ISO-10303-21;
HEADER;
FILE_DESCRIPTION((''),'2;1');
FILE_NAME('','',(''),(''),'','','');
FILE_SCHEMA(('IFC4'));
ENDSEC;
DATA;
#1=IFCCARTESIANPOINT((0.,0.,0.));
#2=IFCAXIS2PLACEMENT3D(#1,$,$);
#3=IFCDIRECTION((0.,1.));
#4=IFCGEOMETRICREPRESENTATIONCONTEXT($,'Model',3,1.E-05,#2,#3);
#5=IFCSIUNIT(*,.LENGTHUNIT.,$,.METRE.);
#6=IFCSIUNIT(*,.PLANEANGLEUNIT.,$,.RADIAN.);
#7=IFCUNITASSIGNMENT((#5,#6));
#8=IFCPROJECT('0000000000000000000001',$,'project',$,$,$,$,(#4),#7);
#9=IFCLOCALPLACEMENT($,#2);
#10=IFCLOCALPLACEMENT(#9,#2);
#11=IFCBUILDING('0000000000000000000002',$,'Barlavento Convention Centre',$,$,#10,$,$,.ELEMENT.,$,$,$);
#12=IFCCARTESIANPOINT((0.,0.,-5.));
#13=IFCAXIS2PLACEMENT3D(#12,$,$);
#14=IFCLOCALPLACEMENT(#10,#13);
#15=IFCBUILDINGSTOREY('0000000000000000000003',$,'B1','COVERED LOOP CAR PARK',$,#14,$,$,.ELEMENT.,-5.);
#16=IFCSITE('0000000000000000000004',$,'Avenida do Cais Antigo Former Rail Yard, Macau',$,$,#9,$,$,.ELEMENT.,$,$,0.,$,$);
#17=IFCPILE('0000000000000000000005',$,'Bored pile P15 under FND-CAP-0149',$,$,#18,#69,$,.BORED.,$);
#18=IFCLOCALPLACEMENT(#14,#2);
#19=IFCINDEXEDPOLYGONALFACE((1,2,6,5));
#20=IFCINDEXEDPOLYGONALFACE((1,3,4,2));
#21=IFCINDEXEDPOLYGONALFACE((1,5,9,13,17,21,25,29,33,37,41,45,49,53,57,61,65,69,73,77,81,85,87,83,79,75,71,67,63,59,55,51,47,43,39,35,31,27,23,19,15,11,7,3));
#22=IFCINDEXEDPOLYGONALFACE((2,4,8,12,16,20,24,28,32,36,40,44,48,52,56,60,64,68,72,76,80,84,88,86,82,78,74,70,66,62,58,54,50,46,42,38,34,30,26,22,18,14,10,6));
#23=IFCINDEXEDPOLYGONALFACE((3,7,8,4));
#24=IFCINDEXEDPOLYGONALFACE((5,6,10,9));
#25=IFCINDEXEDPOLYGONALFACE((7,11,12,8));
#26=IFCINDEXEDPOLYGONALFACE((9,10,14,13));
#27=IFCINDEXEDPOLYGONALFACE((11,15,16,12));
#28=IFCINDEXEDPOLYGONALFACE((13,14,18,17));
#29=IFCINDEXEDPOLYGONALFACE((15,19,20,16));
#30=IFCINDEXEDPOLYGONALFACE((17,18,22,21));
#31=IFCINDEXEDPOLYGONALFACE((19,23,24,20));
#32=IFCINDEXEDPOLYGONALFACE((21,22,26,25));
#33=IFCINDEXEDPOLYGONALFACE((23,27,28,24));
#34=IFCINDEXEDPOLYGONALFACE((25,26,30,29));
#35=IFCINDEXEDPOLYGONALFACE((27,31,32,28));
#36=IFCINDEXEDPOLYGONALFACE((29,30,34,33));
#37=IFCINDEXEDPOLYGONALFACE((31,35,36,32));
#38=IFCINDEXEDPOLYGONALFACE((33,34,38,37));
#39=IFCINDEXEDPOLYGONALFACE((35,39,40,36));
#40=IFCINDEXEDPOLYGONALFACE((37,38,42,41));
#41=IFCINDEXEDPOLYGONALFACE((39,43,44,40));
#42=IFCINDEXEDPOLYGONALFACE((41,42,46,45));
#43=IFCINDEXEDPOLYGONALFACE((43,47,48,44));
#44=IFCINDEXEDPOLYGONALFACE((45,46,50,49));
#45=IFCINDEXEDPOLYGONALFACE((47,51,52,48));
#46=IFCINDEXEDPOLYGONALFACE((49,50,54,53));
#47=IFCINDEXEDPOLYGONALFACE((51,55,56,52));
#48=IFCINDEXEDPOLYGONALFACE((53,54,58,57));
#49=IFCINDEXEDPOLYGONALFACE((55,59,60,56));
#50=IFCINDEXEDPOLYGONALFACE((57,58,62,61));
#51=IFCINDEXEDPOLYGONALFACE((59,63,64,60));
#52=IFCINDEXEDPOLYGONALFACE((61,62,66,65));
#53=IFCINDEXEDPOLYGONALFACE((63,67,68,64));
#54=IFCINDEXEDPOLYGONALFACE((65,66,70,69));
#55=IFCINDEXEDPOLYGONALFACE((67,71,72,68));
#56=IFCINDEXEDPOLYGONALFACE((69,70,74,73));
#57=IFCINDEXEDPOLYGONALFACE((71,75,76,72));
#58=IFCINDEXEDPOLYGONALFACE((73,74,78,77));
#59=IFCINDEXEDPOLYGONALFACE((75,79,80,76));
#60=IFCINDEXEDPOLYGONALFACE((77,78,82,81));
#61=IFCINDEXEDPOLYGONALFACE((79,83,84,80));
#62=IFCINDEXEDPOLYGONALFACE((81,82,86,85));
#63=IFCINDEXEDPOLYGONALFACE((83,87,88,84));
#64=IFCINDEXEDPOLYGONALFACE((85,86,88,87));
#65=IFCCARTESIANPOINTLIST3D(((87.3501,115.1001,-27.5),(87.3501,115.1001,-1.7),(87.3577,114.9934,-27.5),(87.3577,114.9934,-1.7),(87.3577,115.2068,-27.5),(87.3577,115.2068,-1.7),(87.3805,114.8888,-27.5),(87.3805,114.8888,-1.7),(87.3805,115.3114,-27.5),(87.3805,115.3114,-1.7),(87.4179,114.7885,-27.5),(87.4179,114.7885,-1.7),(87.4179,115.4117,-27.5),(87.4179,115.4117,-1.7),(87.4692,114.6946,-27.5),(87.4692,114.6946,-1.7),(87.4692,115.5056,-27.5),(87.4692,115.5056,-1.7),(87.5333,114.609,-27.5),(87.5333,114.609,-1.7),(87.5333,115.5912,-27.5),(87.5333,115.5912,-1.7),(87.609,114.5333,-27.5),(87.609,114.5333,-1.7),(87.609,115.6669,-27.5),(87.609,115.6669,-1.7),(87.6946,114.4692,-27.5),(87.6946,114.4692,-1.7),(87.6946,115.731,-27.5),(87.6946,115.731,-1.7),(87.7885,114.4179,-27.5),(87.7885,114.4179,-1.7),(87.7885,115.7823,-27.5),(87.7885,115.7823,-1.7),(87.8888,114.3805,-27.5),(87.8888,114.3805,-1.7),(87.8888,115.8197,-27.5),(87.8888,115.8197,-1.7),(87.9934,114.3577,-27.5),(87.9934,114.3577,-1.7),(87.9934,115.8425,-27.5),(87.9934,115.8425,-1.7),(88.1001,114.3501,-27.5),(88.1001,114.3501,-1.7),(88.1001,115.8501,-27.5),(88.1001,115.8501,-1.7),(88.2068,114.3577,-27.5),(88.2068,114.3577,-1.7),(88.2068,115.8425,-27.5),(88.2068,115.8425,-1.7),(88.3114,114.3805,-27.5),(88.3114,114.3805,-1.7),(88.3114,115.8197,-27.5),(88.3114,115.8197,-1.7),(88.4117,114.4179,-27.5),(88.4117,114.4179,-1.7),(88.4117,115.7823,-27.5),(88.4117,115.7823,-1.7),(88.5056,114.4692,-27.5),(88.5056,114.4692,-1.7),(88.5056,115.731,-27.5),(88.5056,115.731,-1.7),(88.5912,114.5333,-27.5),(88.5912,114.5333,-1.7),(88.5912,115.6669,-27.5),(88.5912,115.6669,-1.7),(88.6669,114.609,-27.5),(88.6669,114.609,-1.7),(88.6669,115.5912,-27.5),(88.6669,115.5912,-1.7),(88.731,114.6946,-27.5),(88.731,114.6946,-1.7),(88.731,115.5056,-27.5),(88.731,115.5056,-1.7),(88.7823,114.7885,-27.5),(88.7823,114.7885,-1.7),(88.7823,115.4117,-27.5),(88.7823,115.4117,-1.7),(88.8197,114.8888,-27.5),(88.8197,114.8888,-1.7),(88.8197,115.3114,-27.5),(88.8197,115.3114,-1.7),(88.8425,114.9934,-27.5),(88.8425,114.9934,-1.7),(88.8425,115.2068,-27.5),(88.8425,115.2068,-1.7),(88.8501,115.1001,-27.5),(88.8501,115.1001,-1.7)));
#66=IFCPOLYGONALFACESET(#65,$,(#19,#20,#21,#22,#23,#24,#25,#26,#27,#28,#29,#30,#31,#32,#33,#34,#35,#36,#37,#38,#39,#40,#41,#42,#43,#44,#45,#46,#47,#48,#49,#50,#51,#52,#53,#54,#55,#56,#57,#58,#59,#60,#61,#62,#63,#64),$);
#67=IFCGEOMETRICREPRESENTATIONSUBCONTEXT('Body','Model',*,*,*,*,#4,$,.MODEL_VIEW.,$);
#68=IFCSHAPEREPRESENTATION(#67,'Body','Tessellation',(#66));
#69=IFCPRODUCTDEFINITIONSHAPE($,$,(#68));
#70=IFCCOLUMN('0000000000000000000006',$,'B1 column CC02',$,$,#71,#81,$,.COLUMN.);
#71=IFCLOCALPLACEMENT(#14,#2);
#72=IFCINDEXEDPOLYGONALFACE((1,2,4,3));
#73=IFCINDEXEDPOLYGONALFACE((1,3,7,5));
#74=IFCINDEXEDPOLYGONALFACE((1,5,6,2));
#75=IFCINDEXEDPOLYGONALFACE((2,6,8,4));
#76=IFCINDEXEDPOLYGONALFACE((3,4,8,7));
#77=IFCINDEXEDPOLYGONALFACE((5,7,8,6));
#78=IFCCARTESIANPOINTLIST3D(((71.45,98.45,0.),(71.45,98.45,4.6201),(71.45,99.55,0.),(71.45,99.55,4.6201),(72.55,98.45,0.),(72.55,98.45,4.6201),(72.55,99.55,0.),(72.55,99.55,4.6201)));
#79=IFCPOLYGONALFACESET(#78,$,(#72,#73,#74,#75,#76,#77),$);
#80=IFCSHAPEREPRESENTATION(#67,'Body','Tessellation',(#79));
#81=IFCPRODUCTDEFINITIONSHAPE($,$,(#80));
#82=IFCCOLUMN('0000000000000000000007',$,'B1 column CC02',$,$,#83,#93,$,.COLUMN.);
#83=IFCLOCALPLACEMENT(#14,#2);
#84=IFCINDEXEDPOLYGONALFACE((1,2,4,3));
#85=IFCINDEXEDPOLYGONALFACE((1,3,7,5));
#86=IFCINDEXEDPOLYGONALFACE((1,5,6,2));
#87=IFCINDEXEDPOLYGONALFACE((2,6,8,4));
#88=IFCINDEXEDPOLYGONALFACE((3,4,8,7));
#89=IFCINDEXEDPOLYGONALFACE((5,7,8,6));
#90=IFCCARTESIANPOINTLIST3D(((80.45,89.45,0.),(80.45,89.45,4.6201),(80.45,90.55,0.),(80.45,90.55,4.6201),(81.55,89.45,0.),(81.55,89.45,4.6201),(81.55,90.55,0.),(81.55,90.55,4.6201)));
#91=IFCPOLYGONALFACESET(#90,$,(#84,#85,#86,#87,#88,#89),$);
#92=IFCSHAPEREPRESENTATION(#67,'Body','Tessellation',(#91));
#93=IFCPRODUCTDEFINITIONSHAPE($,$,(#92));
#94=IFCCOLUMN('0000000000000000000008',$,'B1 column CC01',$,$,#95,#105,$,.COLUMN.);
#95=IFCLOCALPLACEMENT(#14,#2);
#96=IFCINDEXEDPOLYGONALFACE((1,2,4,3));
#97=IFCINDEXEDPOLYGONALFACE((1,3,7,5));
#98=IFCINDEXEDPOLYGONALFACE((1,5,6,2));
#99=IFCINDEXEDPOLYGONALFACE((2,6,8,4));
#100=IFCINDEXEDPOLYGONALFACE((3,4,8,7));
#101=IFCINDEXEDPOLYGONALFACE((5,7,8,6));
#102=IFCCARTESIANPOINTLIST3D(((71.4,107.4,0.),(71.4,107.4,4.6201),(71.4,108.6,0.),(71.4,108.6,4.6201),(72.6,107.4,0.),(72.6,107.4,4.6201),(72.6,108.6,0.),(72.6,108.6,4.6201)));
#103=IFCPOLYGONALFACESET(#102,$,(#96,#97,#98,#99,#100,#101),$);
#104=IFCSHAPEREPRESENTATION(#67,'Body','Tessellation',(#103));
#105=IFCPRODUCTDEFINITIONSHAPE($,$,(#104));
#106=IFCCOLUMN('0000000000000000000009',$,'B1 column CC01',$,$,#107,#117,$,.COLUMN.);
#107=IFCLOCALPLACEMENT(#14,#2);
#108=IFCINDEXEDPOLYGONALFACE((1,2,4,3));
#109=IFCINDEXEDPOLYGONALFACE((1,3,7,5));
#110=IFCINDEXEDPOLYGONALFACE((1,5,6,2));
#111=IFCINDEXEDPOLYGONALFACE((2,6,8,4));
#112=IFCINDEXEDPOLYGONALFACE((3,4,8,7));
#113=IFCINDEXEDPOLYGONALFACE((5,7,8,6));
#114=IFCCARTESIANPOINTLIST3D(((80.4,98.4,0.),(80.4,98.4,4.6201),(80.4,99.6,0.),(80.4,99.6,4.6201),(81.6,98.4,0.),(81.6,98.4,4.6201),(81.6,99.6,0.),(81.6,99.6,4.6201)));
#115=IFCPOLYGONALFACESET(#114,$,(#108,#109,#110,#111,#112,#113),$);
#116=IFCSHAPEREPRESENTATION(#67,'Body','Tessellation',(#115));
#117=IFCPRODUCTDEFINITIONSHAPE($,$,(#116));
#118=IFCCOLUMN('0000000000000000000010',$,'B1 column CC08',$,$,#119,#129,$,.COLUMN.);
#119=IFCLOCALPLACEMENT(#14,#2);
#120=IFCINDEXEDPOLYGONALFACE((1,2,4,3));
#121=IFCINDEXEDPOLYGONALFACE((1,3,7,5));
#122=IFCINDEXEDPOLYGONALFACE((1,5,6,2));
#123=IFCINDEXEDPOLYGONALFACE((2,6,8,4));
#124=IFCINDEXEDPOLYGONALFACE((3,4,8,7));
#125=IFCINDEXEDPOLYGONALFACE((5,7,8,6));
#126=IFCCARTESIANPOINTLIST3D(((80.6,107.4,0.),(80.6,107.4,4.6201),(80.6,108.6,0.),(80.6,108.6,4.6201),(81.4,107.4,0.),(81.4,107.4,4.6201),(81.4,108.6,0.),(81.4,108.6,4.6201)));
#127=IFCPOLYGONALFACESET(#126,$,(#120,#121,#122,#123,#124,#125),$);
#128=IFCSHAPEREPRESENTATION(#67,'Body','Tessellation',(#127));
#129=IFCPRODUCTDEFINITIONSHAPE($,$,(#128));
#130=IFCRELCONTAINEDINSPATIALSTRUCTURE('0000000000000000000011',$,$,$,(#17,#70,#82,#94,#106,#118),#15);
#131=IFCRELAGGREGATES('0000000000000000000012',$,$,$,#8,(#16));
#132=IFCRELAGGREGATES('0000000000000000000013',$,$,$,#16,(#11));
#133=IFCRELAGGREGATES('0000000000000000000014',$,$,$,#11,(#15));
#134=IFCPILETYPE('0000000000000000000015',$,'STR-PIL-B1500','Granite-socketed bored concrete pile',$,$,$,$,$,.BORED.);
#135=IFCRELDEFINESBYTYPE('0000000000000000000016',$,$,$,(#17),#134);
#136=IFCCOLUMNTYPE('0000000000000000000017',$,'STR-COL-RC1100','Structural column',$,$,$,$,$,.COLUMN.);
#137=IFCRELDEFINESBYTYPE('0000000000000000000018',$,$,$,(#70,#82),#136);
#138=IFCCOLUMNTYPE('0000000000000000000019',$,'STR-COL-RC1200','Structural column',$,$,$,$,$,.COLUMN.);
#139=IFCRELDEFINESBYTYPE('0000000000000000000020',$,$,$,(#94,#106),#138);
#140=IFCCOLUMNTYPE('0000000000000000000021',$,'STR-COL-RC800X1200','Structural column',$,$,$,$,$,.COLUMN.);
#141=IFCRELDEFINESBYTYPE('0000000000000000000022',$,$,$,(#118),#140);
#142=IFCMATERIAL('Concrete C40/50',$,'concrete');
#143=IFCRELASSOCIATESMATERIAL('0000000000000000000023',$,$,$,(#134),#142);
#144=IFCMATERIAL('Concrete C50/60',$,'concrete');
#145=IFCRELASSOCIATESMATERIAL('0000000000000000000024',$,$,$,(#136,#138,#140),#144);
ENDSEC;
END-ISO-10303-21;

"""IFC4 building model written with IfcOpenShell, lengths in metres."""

from ifc_helpers import new_model, si_unit, direction, frame, origin, origin_2d, place, context, subcontext, project, spatial, rectangle, circle, extrude, material, material_profile, profile_set, type_object, element, save


model = new_model("IFC4")

# Units and contexts
model_context = context("Model", 3, precision=1e-05, world=origin(), true_north=direction((0.0, 1.0)))
body_context = subcontext(model_context, "Body", "Model", "MODEL_VIEW")
ifc_project = project(units=[si_unit("LENGTHUNIT", "METRE"), si_unit("PLANEANGLEUNIT", "RADIAN")], contexts=[model_context])

# Site, building, storey
site_placement = place(None, origin())
site = spatial("IfcSite", under=ifc_project, at=site_placement, Name="Avenida do Cais Antigo Former Rail Yard, Macau", CompositionType="ELEMENT", RefElevation=0.0)
building_placement = place(site_placement, origin())
building = spatial("IfcBuilding", under=site, at=building_placement, Name="Barlavento Convention Centre", CompositionType="ELEMENT")
storey_placement = place(building_placement, frame((0.0, 0.0, -5.0)))
storey = spatial("IfcBuildingStorey", under=building, at=storey_placement, Name="B1", Description="COVERED LOOP CAR PARK", CompositionType="ELEMENT", Elevation=-5.0)

# Shared definitions
ifc_material_1 = material(Name="Concrete C40/50", Category="concrete")

# Pile
ifc_material_profile_1 = material_profile(ifc_material_1, circle(Radius=0.75, at=origin_2d()), Name="BORED PILE 1500")
ifc_profile_set_1 = profile_set([ifc_material_profile_1], Name="Concrete C40/50")
pile_type_1 = type_object("IfcPileType", Name="STR-PIL-B1500", Description="Granite-socketed bored concrete pile", PredefinedType="BORED", material=ifc_profile_set_1)
pile_1_placement = place(storey_placement, frame((88.1001, 115.1001, -1.7), z_axis=(0.0, 0.0, -1.0), x_axis=(1.0, 0.0, 0.0)))
element("IfcPile", 1, at=pile_1_placement, inside=storey, type_object=pile_type_1, Name="Bored pile P15 under FND-CAP-0149", PredefinedType="BORED", context=body_context, shape_type="SweptSolid", body=[
    extrude(circle(Radius=0.75, at=origin_2d()), origin(), (0.0, 0.0, 1.0), 25.8),
])

# Columns
ifc_material_2 = material(Name="Concrete C50/60", Category="concrete")
ifc_material_profile_2 = material_profile(ifc_material_2, rectangle(XDim=1.1001, YDim=1.1001, at=origin_2d()), Name="RC 1100x1100")
ifc_profile_set_2 = profile_set([ifc_material_profile_2], Name="Concrete C50/60")
column_type_1 = type_object("IfcColumnType", Name="STR-COL-RC1100", Description="Structural column", PredefinedType="COLUMN", material=ifc_profile_set_2)
for number, where, z_axis, x_axis, name in (
    (2, (72.0, 99.0, 0.0), (0.0, 0.0, 1.0), (1.0, 0.0, 0.0), "B1 column CC02"),
    (3, (81.0, 90.0, 0.0), (0.0, 0.0, 1.0), (1.0, 0.0, 0.0), "B1 column CC02"),
):
    element("IfcColumn", number, at=place(storey_placement, frame(where, z_axis=z_axis, x_axis=x_axis)), inside=storey, type_object=column_type_1, Name=name, PredefinedType="COLUMN", context=body_context, shape_type="SweptSolid", body=[
        extrude(rectangle(XDim=1.1001, YDim=1.1001, at=origin_2d()), origin(), (0.0, 0.0, 1.0), 4.6201),
    ])
ifc_material_profile_3 = material_profile(ifc_material_2, rectangle(XDim=1.2, YDim=1.2, at=origin_2d()), Name="RC 1200x1200")
ifc_profile_set_3 = profile_set([ifc_material_profile_3], Name="Concrete C50/60")
column_type_2 = type_object("IfcColumnType", Name="STR-COL-RC1200", Description="Structural column", PredefinedType="COLUMN", material=ifc_profile_set_3)
for number, where, z_axis, x_axis, name in (
    (4, (72.0, 108.0, 0.0), (0.0, 0.0, 1.0), (1.0, 0.0, 0.0), "B1 column CC01"),
    (5, (81.0, 99.0, 0.0), (0.0, 0.0, 1.0), (1.0, 0.0, 0.0), "B1 column CC01"),
):
    element("IfcColumn", number, at=place(storey_placement, frame(where, z_axis=z_axis, x_axis=x_axis)), inside=storey, type_object=column_type_2, Name=name, PredefinedType="COLUMN", context=body_context, shape_type="SweptSolid", body=[
        extrude(rectangle(XDim=1.2, YDim=1.2, at=origin_2d()), origin(), (0.0, 0.0, 1.0), 4.6201),
    ])
ifc_material_profile_4 = material_profile(ifc_material_2, rectangle(XDim=0.8, YDim=1.2, at=origin_2d()), Name="RC 800x1200")
ifc_profile_set_4 = profile_set([ifc_material_profile_4], Name="Concrete C50/60")
column_type_3 = type_object("IfcColumnType", Name="STR-COL-RC800X1200", Description="Structural column", PredefinedType="COLUMN", material=ifc_profile_set_4)
column_placement = place(storey_placement, frame((81.0, 108.0, 0.0), z_axis=(0.0, 0.0, 1.0), x_axis=(1.0, 0.0, 0.0)))
element("IfcColumn", 6, at=column_placement, inside=storey, type_object=column_type_3, Name="B1 column CC08", PredefinedType="COLUMN", context=body_context, shape_type="SweptSolid", body=[
    extrude(rectangle(XDim=0.8, YDim=1.2, at=origin_2d()), origin(), (0.0, 0.0, 1.0), 4.6201),
])

save(model, "model.ifc")
